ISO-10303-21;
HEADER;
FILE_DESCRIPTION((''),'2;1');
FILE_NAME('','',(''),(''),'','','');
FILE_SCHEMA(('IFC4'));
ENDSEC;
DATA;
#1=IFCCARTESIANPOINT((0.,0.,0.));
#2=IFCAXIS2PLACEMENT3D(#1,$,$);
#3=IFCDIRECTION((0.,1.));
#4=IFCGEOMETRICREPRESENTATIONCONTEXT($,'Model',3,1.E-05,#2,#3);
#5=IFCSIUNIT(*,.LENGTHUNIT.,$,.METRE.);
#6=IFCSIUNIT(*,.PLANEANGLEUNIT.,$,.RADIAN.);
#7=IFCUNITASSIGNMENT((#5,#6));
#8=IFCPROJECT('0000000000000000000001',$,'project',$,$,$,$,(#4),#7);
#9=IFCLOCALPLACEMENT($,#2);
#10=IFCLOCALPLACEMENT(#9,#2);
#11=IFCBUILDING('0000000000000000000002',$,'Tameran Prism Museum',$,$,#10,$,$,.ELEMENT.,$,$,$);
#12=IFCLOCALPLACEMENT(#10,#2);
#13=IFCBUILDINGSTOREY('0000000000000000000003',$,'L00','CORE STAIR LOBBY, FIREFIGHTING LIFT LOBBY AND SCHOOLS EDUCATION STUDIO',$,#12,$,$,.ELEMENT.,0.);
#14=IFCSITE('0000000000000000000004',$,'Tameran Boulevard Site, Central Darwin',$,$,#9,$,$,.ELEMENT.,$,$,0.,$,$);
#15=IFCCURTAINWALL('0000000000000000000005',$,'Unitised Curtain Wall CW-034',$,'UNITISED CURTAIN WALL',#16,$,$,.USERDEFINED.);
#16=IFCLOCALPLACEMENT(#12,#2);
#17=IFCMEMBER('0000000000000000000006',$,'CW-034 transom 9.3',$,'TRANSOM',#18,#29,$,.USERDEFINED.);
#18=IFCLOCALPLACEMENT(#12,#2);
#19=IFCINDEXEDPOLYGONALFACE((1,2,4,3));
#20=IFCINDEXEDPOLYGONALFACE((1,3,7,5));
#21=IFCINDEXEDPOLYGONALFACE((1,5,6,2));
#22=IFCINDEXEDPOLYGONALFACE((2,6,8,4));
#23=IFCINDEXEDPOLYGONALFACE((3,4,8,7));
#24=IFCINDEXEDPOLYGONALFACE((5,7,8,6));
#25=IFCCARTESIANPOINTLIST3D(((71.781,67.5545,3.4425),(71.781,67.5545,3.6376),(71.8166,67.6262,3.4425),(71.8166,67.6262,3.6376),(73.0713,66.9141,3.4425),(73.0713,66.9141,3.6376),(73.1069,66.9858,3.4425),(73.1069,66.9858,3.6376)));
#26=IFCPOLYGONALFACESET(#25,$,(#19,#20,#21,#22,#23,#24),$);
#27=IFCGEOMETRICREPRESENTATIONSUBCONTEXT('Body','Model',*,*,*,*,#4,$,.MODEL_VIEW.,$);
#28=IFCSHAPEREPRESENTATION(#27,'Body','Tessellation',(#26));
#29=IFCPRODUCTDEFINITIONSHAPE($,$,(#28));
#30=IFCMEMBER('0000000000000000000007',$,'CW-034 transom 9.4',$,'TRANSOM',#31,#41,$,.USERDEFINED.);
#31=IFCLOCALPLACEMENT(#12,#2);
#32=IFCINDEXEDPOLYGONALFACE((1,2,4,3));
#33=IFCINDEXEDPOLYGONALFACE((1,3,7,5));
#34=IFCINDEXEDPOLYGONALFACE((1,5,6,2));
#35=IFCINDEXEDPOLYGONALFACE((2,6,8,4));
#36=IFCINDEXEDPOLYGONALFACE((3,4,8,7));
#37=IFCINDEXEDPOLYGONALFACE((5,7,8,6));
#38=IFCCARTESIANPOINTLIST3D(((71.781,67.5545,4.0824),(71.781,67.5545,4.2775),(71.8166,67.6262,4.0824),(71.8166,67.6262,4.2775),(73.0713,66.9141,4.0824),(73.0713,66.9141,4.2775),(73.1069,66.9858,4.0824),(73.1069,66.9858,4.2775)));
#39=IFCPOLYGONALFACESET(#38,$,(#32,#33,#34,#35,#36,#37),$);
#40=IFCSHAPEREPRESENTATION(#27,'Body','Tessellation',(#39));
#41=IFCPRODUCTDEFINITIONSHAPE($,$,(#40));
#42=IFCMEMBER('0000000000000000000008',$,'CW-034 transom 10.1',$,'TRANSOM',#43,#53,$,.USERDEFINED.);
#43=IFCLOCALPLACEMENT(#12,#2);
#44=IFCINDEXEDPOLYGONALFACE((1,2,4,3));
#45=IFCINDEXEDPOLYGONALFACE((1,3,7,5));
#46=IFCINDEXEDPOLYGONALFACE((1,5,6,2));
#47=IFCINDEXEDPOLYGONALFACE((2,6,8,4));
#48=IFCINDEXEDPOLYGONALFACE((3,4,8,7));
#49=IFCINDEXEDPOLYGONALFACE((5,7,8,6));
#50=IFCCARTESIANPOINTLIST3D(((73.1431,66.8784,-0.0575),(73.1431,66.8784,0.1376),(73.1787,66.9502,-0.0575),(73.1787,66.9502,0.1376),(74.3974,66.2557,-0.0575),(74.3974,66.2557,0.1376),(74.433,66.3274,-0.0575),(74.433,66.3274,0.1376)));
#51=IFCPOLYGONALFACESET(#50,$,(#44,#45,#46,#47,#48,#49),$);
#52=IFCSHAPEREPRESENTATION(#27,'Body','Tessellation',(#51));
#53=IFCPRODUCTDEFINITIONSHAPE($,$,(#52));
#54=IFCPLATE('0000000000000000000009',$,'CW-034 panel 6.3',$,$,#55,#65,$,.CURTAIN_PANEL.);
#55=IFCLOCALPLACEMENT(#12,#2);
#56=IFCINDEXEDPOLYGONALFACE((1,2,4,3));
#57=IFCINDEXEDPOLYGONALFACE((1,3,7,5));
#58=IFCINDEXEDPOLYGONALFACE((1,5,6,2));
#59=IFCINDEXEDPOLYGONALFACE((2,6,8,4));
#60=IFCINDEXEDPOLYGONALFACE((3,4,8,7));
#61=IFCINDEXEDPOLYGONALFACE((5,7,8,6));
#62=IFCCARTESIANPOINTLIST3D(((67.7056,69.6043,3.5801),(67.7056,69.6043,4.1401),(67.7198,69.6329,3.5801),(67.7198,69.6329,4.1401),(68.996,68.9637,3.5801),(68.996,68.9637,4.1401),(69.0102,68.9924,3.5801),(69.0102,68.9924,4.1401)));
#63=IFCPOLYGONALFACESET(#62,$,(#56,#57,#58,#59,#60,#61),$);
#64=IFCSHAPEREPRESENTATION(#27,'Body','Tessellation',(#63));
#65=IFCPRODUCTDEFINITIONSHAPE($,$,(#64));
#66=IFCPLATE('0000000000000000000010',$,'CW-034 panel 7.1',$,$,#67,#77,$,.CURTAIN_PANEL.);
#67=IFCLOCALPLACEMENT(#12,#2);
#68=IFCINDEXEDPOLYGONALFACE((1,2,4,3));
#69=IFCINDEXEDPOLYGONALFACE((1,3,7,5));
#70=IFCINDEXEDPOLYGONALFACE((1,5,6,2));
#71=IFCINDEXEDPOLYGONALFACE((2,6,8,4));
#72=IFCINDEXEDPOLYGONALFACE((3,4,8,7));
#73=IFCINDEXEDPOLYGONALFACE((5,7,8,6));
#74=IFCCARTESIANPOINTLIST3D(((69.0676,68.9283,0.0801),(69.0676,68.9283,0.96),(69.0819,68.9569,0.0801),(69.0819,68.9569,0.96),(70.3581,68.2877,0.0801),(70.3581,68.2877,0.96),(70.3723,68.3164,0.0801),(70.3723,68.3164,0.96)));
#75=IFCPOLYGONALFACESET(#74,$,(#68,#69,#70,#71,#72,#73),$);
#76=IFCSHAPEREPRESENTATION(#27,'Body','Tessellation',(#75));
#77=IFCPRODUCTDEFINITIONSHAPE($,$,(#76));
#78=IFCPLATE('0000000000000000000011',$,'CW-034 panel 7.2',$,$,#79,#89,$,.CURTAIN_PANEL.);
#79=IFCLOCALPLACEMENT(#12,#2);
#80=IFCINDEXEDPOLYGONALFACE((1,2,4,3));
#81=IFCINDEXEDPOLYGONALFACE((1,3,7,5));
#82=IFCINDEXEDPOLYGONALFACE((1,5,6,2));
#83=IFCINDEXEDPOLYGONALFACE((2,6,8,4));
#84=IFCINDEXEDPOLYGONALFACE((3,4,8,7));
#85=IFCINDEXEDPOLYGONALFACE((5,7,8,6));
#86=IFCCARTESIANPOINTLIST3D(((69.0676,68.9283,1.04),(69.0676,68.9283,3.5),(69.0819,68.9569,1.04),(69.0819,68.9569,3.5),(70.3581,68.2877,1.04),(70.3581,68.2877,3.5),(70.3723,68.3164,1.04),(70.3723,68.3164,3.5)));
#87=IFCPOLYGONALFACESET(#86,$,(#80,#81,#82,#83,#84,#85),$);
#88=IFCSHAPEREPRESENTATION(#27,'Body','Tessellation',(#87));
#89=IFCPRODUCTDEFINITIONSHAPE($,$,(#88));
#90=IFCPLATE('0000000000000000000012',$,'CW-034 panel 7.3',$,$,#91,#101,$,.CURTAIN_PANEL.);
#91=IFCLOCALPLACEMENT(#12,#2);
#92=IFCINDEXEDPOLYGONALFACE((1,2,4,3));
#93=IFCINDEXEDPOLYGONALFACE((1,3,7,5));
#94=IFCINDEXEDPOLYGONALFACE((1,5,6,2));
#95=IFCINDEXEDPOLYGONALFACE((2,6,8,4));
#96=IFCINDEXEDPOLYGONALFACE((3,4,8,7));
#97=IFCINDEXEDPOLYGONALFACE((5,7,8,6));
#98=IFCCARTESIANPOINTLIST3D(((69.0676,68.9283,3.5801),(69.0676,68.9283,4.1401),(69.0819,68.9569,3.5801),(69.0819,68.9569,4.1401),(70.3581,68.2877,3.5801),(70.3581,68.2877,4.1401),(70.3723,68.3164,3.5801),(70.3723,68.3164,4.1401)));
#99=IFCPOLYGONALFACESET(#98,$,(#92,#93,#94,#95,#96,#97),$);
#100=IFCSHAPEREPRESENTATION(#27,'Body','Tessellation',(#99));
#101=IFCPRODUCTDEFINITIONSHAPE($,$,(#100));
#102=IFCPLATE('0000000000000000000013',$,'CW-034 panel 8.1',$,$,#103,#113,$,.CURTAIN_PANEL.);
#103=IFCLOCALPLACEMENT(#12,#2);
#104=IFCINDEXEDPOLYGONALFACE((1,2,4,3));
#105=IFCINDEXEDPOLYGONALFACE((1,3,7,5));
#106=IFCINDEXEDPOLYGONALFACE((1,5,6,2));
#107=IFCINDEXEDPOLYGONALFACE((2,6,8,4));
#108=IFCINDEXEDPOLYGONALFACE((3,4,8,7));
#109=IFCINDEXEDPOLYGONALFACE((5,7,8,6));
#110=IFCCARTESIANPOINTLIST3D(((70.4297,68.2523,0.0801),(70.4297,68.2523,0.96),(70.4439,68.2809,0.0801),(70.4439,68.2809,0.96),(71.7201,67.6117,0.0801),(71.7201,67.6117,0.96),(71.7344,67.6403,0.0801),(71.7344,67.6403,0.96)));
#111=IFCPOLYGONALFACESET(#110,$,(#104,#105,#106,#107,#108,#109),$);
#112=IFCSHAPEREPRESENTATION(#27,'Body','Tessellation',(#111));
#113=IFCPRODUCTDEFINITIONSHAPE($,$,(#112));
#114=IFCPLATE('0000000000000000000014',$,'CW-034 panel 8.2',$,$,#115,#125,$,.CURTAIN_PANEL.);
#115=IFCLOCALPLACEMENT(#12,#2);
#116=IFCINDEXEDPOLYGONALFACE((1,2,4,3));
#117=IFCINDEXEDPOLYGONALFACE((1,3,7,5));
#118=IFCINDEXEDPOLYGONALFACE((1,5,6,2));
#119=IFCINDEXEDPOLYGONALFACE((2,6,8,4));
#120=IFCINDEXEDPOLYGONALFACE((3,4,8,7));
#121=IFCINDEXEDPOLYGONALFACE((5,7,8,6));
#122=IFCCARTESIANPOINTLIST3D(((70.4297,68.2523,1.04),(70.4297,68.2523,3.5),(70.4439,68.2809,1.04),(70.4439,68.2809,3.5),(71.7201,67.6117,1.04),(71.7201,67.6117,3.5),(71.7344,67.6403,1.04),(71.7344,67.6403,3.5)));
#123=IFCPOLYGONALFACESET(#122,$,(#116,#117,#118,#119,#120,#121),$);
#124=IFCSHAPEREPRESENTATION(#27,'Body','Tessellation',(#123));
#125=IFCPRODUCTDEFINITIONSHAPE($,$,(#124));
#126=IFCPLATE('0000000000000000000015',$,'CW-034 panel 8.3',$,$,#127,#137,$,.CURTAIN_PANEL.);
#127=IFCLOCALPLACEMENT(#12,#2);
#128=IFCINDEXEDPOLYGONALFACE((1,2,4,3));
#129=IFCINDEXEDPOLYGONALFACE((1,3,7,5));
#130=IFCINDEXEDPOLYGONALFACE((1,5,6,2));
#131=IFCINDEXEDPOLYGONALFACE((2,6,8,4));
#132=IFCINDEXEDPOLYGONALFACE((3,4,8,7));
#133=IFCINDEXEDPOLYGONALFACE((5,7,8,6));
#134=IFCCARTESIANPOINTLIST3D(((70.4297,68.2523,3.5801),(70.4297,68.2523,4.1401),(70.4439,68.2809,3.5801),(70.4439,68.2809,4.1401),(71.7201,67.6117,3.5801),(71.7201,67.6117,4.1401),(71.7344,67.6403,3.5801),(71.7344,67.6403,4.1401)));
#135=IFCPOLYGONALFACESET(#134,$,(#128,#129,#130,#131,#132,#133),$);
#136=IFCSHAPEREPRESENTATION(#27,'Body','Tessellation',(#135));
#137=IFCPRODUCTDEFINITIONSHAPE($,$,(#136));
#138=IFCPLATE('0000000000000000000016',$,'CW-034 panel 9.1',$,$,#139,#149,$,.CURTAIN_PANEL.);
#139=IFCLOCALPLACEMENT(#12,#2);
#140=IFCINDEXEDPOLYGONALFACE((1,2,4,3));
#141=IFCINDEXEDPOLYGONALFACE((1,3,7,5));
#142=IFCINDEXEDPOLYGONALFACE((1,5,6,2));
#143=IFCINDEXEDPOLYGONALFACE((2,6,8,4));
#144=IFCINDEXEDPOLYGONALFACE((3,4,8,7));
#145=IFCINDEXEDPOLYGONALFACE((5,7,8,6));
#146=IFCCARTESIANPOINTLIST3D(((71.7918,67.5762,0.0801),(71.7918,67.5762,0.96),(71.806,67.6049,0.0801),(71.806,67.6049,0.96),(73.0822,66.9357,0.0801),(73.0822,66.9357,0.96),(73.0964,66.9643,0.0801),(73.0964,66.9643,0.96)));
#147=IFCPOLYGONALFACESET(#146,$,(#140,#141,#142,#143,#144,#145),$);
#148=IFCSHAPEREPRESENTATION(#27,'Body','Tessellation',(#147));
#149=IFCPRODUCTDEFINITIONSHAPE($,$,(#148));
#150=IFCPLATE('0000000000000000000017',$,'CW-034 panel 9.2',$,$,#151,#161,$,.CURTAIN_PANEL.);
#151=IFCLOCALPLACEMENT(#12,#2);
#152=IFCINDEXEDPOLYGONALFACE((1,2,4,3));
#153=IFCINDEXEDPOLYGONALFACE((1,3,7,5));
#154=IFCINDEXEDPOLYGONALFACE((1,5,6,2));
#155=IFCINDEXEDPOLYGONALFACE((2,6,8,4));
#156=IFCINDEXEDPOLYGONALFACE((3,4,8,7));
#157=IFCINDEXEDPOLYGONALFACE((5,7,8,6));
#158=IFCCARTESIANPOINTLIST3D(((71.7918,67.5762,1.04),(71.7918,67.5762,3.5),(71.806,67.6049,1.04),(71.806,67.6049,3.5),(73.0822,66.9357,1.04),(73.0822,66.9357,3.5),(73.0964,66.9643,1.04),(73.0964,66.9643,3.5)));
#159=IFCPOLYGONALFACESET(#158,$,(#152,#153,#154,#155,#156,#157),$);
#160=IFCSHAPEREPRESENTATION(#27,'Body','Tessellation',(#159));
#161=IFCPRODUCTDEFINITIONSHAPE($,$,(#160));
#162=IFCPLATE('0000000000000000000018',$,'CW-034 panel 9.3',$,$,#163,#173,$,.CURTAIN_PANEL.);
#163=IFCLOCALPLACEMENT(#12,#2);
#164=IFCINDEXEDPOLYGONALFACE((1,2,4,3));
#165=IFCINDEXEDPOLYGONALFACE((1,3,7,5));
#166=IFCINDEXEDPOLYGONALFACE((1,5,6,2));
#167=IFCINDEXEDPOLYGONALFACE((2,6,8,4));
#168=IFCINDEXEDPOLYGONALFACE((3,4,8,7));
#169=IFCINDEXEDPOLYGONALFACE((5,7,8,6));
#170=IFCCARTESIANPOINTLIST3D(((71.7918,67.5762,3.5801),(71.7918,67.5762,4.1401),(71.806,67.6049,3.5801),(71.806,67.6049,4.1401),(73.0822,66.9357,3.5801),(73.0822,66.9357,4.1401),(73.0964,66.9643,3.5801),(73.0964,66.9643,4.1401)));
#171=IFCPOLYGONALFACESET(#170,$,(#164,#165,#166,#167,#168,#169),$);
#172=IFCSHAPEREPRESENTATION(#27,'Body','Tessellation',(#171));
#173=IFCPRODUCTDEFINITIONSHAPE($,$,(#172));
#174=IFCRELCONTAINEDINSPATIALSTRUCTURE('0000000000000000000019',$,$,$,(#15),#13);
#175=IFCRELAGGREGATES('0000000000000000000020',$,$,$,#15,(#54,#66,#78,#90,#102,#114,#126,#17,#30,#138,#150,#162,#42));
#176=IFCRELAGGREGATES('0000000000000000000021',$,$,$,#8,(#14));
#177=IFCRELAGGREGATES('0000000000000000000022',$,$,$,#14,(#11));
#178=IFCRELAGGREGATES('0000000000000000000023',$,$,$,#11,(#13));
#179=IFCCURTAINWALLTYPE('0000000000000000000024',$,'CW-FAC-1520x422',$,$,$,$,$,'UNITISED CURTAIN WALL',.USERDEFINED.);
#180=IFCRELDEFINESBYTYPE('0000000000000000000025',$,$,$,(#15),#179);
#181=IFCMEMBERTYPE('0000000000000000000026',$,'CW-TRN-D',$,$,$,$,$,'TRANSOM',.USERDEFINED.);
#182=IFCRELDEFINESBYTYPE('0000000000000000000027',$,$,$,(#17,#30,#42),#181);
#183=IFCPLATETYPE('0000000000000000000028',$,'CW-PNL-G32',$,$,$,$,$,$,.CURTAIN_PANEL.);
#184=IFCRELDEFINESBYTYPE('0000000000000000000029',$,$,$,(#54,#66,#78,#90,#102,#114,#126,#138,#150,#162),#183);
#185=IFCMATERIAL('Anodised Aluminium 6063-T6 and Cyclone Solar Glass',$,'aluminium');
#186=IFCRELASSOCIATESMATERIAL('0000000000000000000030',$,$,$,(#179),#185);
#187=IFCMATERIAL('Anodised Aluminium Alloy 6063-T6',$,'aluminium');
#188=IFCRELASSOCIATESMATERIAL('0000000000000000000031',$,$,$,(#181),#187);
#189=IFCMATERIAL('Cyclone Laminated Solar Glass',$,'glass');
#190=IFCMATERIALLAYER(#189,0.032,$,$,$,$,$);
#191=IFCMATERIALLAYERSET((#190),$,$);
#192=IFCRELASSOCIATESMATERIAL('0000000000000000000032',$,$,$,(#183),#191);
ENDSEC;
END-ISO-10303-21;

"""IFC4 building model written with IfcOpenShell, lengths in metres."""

from ifc_helpers import new_model, si_unit, direction, frame, origin, origin_2d, place, context, subcontext, project, spatial, rectangle, extrude, material, layer, layer_set, material_profile, profile_set, type_object, element, aggregate, save


model = new_model("IFC4")

# Units and contexts
model_context = context("Model", 3, precision=1e-05, world=origin(), true_north=direction((0.0, 1.0)))
body_context = subcontext(model_context, "Body", "Model", "MODEL_VIEW")
ifc_project = project(units=[si_unit("LENGTHUNIT", "METRE"), si_unit("PLANEANGLEUNIT", "RADIAN")], contexts=[model_context])

# Site, building, storey
site_placement = place(None, origin())
site = spatial("IfcSite", under=ifc_project, at=site_placement, Name="Tameran Boulevard Site, Central Darwin", CompositionType="ELEMENT", RefElevation=0.0)
building_placement = place(site_placement, origin())
building = spatial("IfcBuilding", under=site, at=building_placement, Name="Tameran Prism Museum", CompositionType="ELEMENT")
storey_placement = place(building_placement, origin())
storey = spatial("IfcBuildingStorey", under=building, at=storey_placement, Name="L00", Description="CORE STAIR LOBBY, FIREFIGHTING LIFT LOBBY AND SCHOOLS EDUCATION STUDIO", CompositionType="ELEMENT", Elevation=0.0)

# Curtain wall, members, plates
ifc_material_1 = material(Name="Anodised Aluminium 6063-T6 and Cyclone Solar Glass", Category="aluminium")
curtain_wall_type = type_object("IfcCurtainWallType", Name="CW-FAC-1520x422", ElementType="UNITISED CURTAIN WALL", PredefinedType="USERDEFINED", material=ifc_material_1)
curtain_wall_placement = place(storey_placement, origin())
curtain_wall = element("IfcCurtainWall", 1, at=curtain_wall_placement, inside=storey, type_object=curtain_wall_type, Name="Unitised Curtain Wall CW-034", ObjectType="UNITISED CURTAIN WALL", PredefinedType="USERDEFINED")
ifc_material_2 = material(Name="Anodised Aluminium Alloy 6063-T6", Category="aluminium")
ifc_material_profile_1 = material_profile(ifc_material_2, rectangle(XDim=0.0801, YDim=0.1951, at=origin_2d()))
ifc_profile_set_1 = profile_set([ifc_material_profile_1])
member_type_1 = type_object("IfcMemberType", Name="CW-TRN-D", ElementType="TRANSOM", PredefinedType="USERDEFINED", material=ifc_profile_set_1)
member_1_placement = place(storey_placement, frame((71.7988, 67.5903, 3.54), z_axis=(0.895745, -0.444568, 0.0), x_axis=(0.444568, 0.895745, 0.0)))
member_1 = element("IfcMember", 2, at=member_1_placement, type_object=member_type_1, Name="CW-034 transom 9.3", ObjectType="TRANSOM", PredefinedType="USERDEFINED", context=body_context, shape_type="SweptSolid", body=[
    extrude(rectangle(XDim=0.0801, YDim=0.1951, at=origin_2d()), origin(), (0.0, 0.0, 1.0), 1.4404),
])
member_2_placement = place(storey_placement, frame((71.7988, 67.5903, 4.1799), z_axis=(0.895745, -0.444568, 0.0), x_axis=(0.444568, 0.895745, 0.0)))
member_2 = element("IfcMember", 3, at=member_2_placement, type_object=member_type_1, Name="CW-034 transom 9.4", ObjectType="TRANSOM", PredefinedType="USERDEFINED", context=body_context, shape_type="SweptSolid", body=[
    extrude(rectangle(XDim=0.0801, YDim=0.1951, at=origin_2d()), origin(), (0.0, 0.0, 1.0), 1.4404),
])
member_3_placement = place(storey_placement, frame((73.1609, 66.9143, 0.04), z_axis=(0.895679, -0.444702, 0.0), x_axis=(0.444702, 0.895679, 0.0)))
member_3 = element("IfcMember", 4, at=member_3_placement, type_object=member_type_1, Name="CW-034 transom 10.1", ObjectType="TRANSOM", PredefinedType="USERDEFINED", context=body_context, shape_type="SweptSolid", body=[
    extrude(rectangle(XDim=0.0801, YDim=0.1951, at=origin_2d()), origin(), (0.0, 0.0, 1.0), 1.4004),
])
ifc_material_3 = material(Name="Cyclone Laminated Solar Glass", Category="glass")
ifc_layer = layer(ifc_material_3, 0.032)
ifc_layer_set = layer_set([ifc_layer])
plate_type = type_object("IfcPlateType", Name="CW-PNL-G32", PredefinedType="CURTAIN_PANEL", material=ifc_layer_set)
plate_1_placement = place(storey_placement, frame((68.3579, 69.2983, 3.5801), z_axis=(0.0, 0.0, 1.0), x_axis=(0.895712, -0.444634, 0.0)))
plate_1 = element("IfcPlate", 5, at=plate_1_placement, type_object=plate_type, Name="CW-034 panel 6.3", PredefinedType="CURTAIN_PANEL", context=body_context, shape_type="SweptSolid", body=[
    extrude(rectangle(XDim=1.4407, YDim=0.032, at=origin_2d()), origin(), (0.0, 0.0, 1.0), 0.5601),
])
plate_2_placement = place(storey_placement, frame((69.72, 68.6223, 0.0801), z_axis=(0.0, 0.0, 1.0), x_axis=(0.895712, -0.444634, 0.0)))
plate_2 = element("IfcPlate", 6, at=plate_2_placement, type_object=plate_type, Name="CW-034 panel 7.1", PredefinedType="CURTAIN_PANEL", context=body_context, shape_type="SweptSolid", body=[
    extrude(rectangle(XDim=1.4407, YDim=0.032, at=origin_2d()), origin(), (0.0, 0.0, 1.0), 0.8799),
])
plate_3_placement = place(storey_placement, frame((69.72, 68.6223, 1.04), z_axis=(0.0, 0.0, 1.0), x_axis=(0.895712, -0.444634, 0.0)))
plate_3 = element("IfcPlate", 7, at=plate_3_placement, type_object=plate_type, Name="CW-034 panel 7.2", PredefinedType="CURTAIN_PANEL", context=body_context, shape_type="SweptSolid", body=[
    extrude(rectangle(XDim=1.4407, YDim=0.032, at=origin_2d()), origin(), (0.0, 0.0, 1.0), 2.46),
])
plate_4_placement = place(storey_placement, frame((69.72, 68.6223, 3.5801), z_axis=(0.0, 0.0, 1.0), x_axis=(0.895712, -0.444634, 0.0)))
plate_4 = element("IfcPlate", 8, at=plate_4_placement, type_object=plate_type, Name="CW-034 panel 7.3", PredefinedType="CURTAIN_PANEL", context=body_context, shape_type="SweptSolid", body=[
    extrude(rectangle(XDim=1.4407, YDim=0.032, at=origin_2d()), origin(), (0.0, 0.0, 1.0), 0.5601),
])
plate_5_placement = place(storey_placement, frame((71.082, 67.9463, 0.0801), z_axis=(0.0, 0.0, 1.0), x_axis=(0.895712, -0.444634, 0.0)))
plate_5 = element("IfcPlate", 9, at=plate_5_placement, type_object=plate_type, Name="CW-034 panel 8.1", PredefinedType="CURTAIN_PANEL", context=body_context, shape_type="SweptSolid", body=[
    extrude(rectangle(XDim=1.4407, YDim=0.032, at=origin_2d()), origin(), (0.0, 0.0, 1.0), 0.8799),
])
plate_6_placement = place(storey_placement, frame((71.082, 67.9463, 1.04), z_axis=(0.0, 0.0, 1.0), x_axis=(0.895712, -0.444634, 0.0)))
plate_6 = element("IfcPlate", 10, at=plate_6_placement, type_object=plate_type, Name="CW-034 panel 8.2", PredefinedType="CURTAIN_PANEL", context=body_context, shape_type="SweptSolid", body=[
    extrude(rectangle(XDim=1.4407, YDim=0.032, at=origin_2d()), origin(), (0.0, 0.0, 1.0), 2.46),
])
plate_7_placement = place(storey_placement, frame((71.082, 67.9463, 3.5801), z_axis=(0.0, 0.0, 1.0), x_axis=(0.895712, -0.444634, 0.0)))
plate_7 = element("IfcPlate", 11, at=plate_7_placement, type_object=plate_type, Name="CW-034 panel 8.3", PredefinedType="CURTAIN_PANEL", context=body_context, shape_type="SweptSolid", body=[
    extrude(rectangle(XDim=1.4407, YDim=0.032, at=origin_2d()), origin(), (0.0, 0.0, 1.0), 0.5601),
])
plate_8_placement = place(storey_placement, frame((72.4441, 67.2703, 0.0801), z_axis=(0.0, 0.0, 1.0), x_axis=(0.895712, -0.444634, 0.0)))
plate_8 = element("IfcPlate", 12, at=plate_8_placement, type_object=plate_type, Name="CW-034 panel 9.1", PredefinedType="CURTAIN_PANEL", context=body_context, shape_type="SweptSolid", body=[
    extrude(rectangle(XDim=1.4407, YDim=0.032, at=origin_2d()), origin(), (0.0, 0.0, 1.0), 0.8799),
])
plate_9_placement = place(storey_placement, frame((72.4441, 67.2703, 1.04), z_axis=(0.0, 0.0, 1.0), x_axis=(0.895712, -0.444634, 0.0)))
plate_9 = element("IfcPlate", 13, at=plate_9_placement, type_object=plate_type, Name="CW-034 panel 9.2", PredefinedType="CURTAIN_PANEL", context=body_context, shape_type="SweptSolid", body=[
    extrude(rectangle(XDim=1.4407, YDim=0.032, at=origin_2d()), origin(), (0.0, 0.0, 1.0), 2.46),
])
plate_10_placement = place(storey_placement, frame((72.4441, 67.2703, 3.5801), z_axis=(0.0, 0.0, 1.0), x_axis=(0.895712, -0.444634, 0.0)))
plate_10 = element("IfcPlate", 14, at=plate_10_placement, type_object=plate_type, Name="CW-034 panel 9.3", PredefinedType="CURTAIN_PANEL", context=body_context, shape_type="SweptSolid", body=[
    extrude(rectangle(XDim=1.4407, YDim=0.032, at=origin_2d()), origin(), (0.0, 0.0, 1.0), 0.5601),
])
aggregate(curtain_wall, [plate_1, plate_2, plate_3, plate_4, plate_5, plate_6, plate_7, member_1, member_2, plate_8, plate_9, plate_10, member_3])

save(model, "model.ifc")
